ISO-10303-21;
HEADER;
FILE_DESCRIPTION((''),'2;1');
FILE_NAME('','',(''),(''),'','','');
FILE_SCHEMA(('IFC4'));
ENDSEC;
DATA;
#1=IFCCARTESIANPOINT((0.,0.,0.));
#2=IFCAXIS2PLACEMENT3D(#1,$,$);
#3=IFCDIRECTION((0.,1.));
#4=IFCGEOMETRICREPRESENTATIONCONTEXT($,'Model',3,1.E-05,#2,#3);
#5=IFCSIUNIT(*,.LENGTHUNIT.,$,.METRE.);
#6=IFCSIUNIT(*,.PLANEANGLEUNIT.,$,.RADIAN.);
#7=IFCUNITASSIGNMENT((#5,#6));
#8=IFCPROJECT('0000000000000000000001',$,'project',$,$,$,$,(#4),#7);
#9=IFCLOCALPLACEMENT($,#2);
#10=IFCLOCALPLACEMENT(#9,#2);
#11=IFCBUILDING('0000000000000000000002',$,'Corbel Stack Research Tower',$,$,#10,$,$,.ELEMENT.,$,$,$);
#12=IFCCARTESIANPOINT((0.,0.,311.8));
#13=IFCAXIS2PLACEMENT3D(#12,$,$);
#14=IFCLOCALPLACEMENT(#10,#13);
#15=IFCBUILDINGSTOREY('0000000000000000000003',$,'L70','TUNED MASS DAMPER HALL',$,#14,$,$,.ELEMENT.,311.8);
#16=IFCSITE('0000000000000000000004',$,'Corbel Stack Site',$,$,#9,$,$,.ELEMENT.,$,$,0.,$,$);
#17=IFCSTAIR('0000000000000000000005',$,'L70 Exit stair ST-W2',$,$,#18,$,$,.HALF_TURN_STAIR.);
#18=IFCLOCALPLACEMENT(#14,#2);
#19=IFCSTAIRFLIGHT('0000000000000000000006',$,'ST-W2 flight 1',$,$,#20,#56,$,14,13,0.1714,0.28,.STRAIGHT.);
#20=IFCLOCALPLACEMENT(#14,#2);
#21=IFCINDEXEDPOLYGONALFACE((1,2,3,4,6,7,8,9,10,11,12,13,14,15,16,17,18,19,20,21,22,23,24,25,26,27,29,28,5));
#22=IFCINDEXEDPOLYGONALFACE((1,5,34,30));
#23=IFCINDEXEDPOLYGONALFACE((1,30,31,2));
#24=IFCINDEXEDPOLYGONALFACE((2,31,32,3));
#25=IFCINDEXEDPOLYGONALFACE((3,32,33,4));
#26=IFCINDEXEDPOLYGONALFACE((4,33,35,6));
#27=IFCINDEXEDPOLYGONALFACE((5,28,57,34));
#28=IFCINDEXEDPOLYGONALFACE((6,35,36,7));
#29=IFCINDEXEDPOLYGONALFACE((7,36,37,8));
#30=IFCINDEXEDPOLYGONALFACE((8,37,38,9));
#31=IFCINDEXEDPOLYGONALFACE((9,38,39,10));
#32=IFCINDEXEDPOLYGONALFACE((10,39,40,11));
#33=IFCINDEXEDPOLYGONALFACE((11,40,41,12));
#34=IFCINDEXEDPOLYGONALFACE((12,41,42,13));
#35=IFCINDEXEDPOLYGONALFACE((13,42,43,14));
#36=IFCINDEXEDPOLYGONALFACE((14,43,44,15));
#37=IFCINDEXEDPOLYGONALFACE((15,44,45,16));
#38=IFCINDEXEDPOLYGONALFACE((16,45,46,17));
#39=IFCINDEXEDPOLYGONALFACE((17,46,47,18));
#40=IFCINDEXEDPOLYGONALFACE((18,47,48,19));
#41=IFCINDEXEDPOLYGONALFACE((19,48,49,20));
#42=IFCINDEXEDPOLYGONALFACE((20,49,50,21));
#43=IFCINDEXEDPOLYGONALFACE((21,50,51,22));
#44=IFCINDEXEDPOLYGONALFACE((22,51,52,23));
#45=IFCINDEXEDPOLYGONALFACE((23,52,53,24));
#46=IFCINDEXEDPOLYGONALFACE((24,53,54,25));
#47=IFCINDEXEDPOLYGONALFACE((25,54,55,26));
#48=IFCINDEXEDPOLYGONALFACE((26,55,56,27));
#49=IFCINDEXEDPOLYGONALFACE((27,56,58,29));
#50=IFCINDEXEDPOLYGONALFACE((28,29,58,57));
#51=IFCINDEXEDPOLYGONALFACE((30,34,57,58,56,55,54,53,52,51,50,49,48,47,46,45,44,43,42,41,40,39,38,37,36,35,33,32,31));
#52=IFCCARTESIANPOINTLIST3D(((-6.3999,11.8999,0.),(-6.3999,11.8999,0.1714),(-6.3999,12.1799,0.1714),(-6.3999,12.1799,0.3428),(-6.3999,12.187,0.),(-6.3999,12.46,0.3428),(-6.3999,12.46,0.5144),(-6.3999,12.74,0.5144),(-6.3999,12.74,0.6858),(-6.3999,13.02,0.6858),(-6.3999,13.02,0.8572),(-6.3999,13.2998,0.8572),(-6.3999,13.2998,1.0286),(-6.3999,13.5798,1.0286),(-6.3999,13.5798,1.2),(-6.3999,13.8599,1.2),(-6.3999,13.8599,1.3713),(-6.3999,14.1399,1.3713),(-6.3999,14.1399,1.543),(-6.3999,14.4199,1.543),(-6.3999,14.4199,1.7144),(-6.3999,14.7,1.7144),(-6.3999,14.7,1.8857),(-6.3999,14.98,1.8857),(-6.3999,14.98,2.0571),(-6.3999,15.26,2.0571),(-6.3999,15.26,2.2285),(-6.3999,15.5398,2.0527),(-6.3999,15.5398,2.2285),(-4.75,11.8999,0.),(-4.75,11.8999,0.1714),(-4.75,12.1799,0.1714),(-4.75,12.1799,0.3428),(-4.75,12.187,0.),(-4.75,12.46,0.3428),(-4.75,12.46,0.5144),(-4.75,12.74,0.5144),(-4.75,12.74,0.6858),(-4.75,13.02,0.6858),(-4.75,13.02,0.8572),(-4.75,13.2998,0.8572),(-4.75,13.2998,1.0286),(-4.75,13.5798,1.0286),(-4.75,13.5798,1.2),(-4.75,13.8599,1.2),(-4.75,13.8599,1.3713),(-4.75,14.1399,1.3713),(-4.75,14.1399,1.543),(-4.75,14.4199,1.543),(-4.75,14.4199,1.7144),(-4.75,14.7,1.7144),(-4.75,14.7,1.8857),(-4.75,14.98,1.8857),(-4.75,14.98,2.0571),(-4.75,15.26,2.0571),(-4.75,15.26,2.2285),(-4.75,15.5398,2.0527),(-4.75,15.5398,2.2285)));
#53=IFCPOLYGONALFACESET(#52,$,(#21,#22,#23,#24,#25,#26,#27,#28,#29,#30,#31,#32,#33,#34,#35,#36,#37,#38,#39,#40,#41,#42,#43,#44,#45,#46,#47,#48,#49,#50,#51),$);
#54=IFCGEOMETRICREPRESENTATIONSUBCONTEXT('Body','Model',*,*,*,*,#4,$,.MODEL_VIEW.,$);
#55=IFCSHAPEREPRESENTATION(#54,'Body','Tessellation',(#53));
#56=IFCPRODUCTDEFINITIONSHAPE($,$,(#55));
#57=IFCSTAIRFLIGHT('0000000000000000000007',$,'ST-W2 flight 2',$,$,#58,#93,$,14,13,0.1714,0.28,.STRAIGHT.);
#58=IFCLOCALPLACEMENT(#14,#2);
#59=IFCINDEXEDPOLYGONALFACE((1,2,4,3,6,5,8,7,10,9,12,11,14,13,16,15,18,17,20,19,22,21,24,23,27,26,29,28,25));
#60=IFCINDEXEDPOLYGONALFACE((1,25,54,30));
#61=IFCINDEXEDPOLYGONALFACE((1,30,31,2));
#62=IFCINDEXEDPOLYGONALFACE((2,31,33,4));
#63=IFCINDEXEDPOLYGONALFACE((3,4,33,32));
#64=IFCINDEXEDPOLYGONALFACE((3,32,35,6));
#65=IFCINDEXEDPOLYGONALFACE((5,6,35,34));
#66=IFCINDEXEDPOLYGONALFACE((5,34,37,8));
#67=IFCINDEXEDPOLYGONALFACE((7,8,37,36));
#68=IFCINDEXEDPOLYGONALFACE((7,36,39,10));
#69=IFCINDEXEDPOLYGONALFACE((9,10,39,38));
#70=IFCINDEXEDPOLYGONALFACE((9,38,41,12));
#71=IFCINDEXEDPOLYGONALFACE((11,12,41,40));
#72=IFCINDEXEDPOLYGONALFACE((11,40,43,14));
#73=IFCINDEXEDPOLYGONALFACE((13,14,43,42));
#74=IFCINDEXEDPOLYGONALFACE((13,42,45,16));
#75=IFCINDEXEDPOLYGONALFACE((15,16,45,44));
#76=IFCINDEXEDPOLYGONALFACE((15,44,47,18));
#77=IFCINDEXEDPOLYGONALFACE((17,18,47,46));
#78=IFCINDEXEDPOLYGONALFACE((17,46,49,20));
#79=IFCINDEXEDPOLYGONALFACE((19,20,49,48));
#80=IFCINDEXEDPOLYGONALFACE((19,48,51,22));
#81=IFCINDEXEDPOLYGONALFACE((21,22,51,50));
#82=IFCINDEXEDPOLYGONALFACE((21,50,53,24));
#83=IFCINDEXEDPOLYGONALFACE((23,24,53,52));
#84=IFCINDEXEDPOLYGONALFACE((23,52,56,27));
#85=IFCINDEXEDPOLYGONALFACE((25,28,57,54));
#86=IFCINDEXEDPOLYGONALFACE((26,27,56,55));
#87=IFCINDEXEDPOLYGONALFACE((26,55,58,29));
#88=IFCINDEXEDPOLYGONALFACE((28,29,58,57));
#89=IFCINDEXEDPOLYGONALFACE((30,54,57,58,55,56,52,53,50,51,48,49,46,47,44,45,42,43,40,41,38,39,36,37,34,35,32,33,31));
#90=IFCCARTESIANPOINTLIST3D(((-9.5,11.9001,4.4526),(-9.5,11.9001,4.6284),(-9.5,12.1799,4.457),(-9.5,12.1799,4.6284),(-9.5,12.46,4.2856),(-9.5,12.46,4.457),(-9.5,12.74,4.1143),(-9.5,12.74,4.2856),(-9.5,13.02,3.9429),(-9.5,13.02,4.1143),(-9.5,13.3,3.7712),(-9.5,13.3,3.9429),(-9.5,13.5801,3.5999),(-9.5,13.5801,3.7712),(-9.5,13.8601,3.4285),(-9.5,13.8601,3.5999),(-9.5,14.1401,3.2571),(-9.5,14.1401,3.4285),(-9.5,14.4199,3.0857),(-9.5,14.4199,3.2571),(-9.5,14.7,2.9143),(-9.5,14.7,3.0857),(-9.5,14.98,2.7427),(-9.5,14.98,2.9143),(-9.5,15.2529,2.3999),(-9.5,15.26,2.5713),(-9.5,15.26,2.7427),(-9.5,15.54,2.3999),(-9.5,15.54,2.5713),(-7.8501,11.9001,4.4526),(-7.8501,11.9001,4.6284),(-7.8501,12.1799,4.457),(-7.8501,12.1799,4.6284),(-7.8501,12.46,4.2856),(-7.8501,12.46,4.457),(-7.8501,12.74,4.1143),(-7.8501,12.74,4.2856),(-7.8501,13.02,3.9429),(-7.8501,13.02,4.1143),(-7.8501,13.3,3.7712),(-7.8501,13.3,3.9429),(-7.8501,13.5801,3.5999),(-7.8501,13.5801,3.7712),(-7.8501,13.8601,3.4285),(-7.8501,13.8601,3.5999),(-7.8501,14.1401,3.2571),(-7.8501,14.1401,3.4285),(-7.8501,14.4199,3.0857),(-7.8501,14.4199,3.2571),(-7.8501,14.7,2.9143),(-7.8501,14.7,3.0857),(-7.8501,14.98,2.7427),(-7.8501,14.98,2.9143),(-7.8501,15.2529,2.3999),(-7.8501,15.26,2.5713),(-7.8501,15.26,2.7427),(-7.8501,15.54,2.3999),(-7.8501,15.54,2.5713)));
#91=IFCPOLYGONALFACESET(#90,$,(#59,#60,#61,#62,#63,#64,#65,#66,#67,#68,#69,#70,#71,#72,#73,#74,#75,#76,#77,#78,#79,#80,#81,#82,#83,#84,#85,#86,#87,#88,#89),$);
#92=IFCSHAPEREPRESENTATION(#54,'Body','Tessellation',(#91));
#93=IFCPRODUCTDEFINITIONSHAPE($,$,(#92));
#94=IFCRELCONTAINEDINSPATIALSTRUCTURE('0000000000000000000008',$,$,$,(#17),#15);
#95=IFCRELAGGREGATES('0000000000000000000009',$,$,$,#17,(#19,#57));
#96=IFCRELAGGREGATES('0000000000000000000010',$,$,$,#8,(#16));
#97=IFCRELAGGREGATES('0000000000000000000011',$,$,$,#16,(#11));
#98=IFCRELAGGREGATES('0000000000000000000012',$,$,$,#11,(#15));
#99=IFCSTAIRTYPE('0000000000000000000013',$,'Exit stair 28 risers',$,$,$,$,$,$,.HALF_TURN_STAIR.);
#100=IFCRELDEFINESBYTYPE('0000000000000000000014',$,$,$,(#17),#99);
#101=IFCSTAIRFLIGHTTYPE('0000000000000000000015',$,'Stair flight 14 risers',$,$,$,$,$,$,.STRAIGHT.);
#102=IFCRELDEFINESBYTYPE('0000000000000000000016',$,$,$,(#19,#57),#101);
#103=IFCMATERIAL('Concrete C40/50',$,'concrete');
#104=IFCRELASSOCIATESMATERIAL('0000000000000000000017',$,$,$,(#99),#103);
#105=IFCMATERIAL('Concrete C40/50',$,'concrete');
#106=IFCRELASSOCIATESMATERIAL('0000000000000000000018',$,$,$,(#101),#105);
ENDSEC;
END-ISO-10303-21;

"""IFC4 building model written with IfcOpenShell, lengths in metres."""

from ifc_helpers import new_model, si_unit, direction, frame, origin, place, context, subcontext, project, spatial, polyline, outline, extrude, material, type_object, element, aggregate, save


model = new_model("IFC4")

# Units and contexts
model_context = context("Model", 3, precision=1e-05, world=origin(), true_north=direction((0.0, 1.0)))
body_context = subcontext(model_context, "Body", "Model", "MODEL_VIEW")
ifc_project = project(units=[si_unit("LENGTHUNIT", "METRE"), si_unit("PLANEANGLEUNIT", "RADIAN")], contexts=[model_context])

# Site, building, storey
site_placement = place(None, origin())
site = spatial("IfcSite", under=ifc_project, at=site_placement, Name="Corbel Stack Site", CompositionType="ELEMENT", RefElevation=0.0)
building_placement = place(site_placement, origin())
building = spatial("IfcBuilding", under=site, at=building_placement, Name="Corbel Stack Research Tower", CompositionType="ELEMENT")
storey_placement = place(building_placement, frame((0.0, 0.0, 311.8)))
storey = spatial("IfcBuildingStorey", under=building, at=storey_placement, Name="L70", Description="TUNED MASS DAMPER HALL", CompositionType="ELEMENT", Elevation=311.8)

# Stair, stair flights
ifc_material_1 = material(Name="Concrete C40/50", Category="concrete")
stair_type = type_object("IfcStairType", Name="Exit stair 28 risers", PredefinedType="HALF_TURN_STAIR", material=ifc_material_1)
stair_placement = place(storey_placement, origin())
stair = element("IfcStair", 1, at=stair_placement, inside=storey, type_object=stair_type, Name="L70 Exit stair ST-W2", PredefinedType="HALF_TURN_STAIR")
ifc_material_2 = material(Name="Concrete C40/50", Category="concrete")
stair_flight_type = type_object("IfcStairFlightType", Name="Stair flight 14 risers", PredefinedType="STRAIGHT", material=ifc_material_2)
stair_flight_1_placement = place(storey_placement, frame((-5.575, 11.8999, 0.0), z_axis=(0.0, 0.0, 1.0), x_axis=(0.0, 1.0, 0.0)))
stair_flight_1 = element("IfcStairFlight", 2, at=stair_flight_1_placement, type_object=stair_flight_type, Name="ST-W2 flight 1", NumberOfRisers=14, NumberOfTreads=13, PredefinedType="STRAIGHT", RiserHeight=0.1714, TreadLength=0.28, context=body_context, shape_type="SweptSolid", body=[
    extrude(outline(polyline([(0.0, 0.0), (0.0, 0.1714), (0.28, 0.1714), (0.28, 0.3428), (0.5601, 0.3428), (0.5601, 0.5144), (0.8401, 0.5144), (0.8401, 0.6858), (1.1201, 0.6858), (1.1201, 0.8572), (1.3999, 0.8572), (1.3999, 1.0286), (1.6799, 1.0286), (1.6799, 1.2), (1.96, 1.2), (1.96, 1.3713), (2.24, 1.3713), (2.24, 1.543), (2.52, 1.543), (2.52, 1.7144), (2.8, 1.7144), (2.8, 1.8857), (3.0801, 1.8857), (3.0801, 2.0571), (3.3601, 2.0571), (3.3601, 2.2285), (3.6399, 2.2285), (3.6399, 2.3999), (3.6399, 2.0527), (0.2871, 0.0), (0.0, 0.0)])), frame((0.0, 0.825, 0.0), z_axis=(0.0, -1.0, 0.0), x_axis=(1.0, 0.0, 0.0)), (0.0, 0.0, 1.0), 1.6499),
])
stair_flight_2_placement = place(storey_placement, frame((-8.675, 15.54, 2.3999), z_axis=(0.0, 0.0, 1.0), x_axis=(0.0, -1.0, 0.0)))
stair_flight_2 = element("IfcStairFlight", 3, at=stair_flight_2_placement, type_object=stair_flight_type, Name="ST-W2 flight 2", NumberOfRisers=14, NumberOfTreads=13, PredefinedType="STRAIGHT", RiserHeight=0.1714, TreadLength=0.28, context=body_context, shape_type="SweptSolid", body=[
    extrude(outline(polyline([(0.0, 0.0), (0.0, 0.1714), (0.28, 0.1714), (0.28, 0.3428), (0.5601, 0.3428), (0.5601, 0.5144), (0.8401, 0.5144), (0.8401, 0.6858), (1.1201, 0.6858), (1.1201, 0.8572), (1.3999, 0.8572), (1.3999, 1.0286), (1.6799, 1.0286), (1.6799, 1.2), (1.96, 1.2), (1.96, 1.3713), (2.24, 1.3713), (2.24, 1.543), (2.52, 1.543), (2.52, 1.7144), (2.8, 1.7144), (2.8, 1.8857), (3.0801, 1.8857), (3.0801, 2.0571), (3.3601, 2.0571), (3.3601, 2.2285), (3.6399, 2.2285), (3.6399, 2.3999), (3.6399, 2.0527), (0.2871, 0.0), (0.0, 0.0)])), frame((0.0, 0.825, 0.0), z_axis=(0.0, -1.0, 0.0), x_axis=(1.0, 0.0, 0.0)), (0.0, 0.0, 1.0), 1.6499),
])
aggregate(stair, [stair_flight_1, stair_flight_2])

save(model, "model.ifc")
